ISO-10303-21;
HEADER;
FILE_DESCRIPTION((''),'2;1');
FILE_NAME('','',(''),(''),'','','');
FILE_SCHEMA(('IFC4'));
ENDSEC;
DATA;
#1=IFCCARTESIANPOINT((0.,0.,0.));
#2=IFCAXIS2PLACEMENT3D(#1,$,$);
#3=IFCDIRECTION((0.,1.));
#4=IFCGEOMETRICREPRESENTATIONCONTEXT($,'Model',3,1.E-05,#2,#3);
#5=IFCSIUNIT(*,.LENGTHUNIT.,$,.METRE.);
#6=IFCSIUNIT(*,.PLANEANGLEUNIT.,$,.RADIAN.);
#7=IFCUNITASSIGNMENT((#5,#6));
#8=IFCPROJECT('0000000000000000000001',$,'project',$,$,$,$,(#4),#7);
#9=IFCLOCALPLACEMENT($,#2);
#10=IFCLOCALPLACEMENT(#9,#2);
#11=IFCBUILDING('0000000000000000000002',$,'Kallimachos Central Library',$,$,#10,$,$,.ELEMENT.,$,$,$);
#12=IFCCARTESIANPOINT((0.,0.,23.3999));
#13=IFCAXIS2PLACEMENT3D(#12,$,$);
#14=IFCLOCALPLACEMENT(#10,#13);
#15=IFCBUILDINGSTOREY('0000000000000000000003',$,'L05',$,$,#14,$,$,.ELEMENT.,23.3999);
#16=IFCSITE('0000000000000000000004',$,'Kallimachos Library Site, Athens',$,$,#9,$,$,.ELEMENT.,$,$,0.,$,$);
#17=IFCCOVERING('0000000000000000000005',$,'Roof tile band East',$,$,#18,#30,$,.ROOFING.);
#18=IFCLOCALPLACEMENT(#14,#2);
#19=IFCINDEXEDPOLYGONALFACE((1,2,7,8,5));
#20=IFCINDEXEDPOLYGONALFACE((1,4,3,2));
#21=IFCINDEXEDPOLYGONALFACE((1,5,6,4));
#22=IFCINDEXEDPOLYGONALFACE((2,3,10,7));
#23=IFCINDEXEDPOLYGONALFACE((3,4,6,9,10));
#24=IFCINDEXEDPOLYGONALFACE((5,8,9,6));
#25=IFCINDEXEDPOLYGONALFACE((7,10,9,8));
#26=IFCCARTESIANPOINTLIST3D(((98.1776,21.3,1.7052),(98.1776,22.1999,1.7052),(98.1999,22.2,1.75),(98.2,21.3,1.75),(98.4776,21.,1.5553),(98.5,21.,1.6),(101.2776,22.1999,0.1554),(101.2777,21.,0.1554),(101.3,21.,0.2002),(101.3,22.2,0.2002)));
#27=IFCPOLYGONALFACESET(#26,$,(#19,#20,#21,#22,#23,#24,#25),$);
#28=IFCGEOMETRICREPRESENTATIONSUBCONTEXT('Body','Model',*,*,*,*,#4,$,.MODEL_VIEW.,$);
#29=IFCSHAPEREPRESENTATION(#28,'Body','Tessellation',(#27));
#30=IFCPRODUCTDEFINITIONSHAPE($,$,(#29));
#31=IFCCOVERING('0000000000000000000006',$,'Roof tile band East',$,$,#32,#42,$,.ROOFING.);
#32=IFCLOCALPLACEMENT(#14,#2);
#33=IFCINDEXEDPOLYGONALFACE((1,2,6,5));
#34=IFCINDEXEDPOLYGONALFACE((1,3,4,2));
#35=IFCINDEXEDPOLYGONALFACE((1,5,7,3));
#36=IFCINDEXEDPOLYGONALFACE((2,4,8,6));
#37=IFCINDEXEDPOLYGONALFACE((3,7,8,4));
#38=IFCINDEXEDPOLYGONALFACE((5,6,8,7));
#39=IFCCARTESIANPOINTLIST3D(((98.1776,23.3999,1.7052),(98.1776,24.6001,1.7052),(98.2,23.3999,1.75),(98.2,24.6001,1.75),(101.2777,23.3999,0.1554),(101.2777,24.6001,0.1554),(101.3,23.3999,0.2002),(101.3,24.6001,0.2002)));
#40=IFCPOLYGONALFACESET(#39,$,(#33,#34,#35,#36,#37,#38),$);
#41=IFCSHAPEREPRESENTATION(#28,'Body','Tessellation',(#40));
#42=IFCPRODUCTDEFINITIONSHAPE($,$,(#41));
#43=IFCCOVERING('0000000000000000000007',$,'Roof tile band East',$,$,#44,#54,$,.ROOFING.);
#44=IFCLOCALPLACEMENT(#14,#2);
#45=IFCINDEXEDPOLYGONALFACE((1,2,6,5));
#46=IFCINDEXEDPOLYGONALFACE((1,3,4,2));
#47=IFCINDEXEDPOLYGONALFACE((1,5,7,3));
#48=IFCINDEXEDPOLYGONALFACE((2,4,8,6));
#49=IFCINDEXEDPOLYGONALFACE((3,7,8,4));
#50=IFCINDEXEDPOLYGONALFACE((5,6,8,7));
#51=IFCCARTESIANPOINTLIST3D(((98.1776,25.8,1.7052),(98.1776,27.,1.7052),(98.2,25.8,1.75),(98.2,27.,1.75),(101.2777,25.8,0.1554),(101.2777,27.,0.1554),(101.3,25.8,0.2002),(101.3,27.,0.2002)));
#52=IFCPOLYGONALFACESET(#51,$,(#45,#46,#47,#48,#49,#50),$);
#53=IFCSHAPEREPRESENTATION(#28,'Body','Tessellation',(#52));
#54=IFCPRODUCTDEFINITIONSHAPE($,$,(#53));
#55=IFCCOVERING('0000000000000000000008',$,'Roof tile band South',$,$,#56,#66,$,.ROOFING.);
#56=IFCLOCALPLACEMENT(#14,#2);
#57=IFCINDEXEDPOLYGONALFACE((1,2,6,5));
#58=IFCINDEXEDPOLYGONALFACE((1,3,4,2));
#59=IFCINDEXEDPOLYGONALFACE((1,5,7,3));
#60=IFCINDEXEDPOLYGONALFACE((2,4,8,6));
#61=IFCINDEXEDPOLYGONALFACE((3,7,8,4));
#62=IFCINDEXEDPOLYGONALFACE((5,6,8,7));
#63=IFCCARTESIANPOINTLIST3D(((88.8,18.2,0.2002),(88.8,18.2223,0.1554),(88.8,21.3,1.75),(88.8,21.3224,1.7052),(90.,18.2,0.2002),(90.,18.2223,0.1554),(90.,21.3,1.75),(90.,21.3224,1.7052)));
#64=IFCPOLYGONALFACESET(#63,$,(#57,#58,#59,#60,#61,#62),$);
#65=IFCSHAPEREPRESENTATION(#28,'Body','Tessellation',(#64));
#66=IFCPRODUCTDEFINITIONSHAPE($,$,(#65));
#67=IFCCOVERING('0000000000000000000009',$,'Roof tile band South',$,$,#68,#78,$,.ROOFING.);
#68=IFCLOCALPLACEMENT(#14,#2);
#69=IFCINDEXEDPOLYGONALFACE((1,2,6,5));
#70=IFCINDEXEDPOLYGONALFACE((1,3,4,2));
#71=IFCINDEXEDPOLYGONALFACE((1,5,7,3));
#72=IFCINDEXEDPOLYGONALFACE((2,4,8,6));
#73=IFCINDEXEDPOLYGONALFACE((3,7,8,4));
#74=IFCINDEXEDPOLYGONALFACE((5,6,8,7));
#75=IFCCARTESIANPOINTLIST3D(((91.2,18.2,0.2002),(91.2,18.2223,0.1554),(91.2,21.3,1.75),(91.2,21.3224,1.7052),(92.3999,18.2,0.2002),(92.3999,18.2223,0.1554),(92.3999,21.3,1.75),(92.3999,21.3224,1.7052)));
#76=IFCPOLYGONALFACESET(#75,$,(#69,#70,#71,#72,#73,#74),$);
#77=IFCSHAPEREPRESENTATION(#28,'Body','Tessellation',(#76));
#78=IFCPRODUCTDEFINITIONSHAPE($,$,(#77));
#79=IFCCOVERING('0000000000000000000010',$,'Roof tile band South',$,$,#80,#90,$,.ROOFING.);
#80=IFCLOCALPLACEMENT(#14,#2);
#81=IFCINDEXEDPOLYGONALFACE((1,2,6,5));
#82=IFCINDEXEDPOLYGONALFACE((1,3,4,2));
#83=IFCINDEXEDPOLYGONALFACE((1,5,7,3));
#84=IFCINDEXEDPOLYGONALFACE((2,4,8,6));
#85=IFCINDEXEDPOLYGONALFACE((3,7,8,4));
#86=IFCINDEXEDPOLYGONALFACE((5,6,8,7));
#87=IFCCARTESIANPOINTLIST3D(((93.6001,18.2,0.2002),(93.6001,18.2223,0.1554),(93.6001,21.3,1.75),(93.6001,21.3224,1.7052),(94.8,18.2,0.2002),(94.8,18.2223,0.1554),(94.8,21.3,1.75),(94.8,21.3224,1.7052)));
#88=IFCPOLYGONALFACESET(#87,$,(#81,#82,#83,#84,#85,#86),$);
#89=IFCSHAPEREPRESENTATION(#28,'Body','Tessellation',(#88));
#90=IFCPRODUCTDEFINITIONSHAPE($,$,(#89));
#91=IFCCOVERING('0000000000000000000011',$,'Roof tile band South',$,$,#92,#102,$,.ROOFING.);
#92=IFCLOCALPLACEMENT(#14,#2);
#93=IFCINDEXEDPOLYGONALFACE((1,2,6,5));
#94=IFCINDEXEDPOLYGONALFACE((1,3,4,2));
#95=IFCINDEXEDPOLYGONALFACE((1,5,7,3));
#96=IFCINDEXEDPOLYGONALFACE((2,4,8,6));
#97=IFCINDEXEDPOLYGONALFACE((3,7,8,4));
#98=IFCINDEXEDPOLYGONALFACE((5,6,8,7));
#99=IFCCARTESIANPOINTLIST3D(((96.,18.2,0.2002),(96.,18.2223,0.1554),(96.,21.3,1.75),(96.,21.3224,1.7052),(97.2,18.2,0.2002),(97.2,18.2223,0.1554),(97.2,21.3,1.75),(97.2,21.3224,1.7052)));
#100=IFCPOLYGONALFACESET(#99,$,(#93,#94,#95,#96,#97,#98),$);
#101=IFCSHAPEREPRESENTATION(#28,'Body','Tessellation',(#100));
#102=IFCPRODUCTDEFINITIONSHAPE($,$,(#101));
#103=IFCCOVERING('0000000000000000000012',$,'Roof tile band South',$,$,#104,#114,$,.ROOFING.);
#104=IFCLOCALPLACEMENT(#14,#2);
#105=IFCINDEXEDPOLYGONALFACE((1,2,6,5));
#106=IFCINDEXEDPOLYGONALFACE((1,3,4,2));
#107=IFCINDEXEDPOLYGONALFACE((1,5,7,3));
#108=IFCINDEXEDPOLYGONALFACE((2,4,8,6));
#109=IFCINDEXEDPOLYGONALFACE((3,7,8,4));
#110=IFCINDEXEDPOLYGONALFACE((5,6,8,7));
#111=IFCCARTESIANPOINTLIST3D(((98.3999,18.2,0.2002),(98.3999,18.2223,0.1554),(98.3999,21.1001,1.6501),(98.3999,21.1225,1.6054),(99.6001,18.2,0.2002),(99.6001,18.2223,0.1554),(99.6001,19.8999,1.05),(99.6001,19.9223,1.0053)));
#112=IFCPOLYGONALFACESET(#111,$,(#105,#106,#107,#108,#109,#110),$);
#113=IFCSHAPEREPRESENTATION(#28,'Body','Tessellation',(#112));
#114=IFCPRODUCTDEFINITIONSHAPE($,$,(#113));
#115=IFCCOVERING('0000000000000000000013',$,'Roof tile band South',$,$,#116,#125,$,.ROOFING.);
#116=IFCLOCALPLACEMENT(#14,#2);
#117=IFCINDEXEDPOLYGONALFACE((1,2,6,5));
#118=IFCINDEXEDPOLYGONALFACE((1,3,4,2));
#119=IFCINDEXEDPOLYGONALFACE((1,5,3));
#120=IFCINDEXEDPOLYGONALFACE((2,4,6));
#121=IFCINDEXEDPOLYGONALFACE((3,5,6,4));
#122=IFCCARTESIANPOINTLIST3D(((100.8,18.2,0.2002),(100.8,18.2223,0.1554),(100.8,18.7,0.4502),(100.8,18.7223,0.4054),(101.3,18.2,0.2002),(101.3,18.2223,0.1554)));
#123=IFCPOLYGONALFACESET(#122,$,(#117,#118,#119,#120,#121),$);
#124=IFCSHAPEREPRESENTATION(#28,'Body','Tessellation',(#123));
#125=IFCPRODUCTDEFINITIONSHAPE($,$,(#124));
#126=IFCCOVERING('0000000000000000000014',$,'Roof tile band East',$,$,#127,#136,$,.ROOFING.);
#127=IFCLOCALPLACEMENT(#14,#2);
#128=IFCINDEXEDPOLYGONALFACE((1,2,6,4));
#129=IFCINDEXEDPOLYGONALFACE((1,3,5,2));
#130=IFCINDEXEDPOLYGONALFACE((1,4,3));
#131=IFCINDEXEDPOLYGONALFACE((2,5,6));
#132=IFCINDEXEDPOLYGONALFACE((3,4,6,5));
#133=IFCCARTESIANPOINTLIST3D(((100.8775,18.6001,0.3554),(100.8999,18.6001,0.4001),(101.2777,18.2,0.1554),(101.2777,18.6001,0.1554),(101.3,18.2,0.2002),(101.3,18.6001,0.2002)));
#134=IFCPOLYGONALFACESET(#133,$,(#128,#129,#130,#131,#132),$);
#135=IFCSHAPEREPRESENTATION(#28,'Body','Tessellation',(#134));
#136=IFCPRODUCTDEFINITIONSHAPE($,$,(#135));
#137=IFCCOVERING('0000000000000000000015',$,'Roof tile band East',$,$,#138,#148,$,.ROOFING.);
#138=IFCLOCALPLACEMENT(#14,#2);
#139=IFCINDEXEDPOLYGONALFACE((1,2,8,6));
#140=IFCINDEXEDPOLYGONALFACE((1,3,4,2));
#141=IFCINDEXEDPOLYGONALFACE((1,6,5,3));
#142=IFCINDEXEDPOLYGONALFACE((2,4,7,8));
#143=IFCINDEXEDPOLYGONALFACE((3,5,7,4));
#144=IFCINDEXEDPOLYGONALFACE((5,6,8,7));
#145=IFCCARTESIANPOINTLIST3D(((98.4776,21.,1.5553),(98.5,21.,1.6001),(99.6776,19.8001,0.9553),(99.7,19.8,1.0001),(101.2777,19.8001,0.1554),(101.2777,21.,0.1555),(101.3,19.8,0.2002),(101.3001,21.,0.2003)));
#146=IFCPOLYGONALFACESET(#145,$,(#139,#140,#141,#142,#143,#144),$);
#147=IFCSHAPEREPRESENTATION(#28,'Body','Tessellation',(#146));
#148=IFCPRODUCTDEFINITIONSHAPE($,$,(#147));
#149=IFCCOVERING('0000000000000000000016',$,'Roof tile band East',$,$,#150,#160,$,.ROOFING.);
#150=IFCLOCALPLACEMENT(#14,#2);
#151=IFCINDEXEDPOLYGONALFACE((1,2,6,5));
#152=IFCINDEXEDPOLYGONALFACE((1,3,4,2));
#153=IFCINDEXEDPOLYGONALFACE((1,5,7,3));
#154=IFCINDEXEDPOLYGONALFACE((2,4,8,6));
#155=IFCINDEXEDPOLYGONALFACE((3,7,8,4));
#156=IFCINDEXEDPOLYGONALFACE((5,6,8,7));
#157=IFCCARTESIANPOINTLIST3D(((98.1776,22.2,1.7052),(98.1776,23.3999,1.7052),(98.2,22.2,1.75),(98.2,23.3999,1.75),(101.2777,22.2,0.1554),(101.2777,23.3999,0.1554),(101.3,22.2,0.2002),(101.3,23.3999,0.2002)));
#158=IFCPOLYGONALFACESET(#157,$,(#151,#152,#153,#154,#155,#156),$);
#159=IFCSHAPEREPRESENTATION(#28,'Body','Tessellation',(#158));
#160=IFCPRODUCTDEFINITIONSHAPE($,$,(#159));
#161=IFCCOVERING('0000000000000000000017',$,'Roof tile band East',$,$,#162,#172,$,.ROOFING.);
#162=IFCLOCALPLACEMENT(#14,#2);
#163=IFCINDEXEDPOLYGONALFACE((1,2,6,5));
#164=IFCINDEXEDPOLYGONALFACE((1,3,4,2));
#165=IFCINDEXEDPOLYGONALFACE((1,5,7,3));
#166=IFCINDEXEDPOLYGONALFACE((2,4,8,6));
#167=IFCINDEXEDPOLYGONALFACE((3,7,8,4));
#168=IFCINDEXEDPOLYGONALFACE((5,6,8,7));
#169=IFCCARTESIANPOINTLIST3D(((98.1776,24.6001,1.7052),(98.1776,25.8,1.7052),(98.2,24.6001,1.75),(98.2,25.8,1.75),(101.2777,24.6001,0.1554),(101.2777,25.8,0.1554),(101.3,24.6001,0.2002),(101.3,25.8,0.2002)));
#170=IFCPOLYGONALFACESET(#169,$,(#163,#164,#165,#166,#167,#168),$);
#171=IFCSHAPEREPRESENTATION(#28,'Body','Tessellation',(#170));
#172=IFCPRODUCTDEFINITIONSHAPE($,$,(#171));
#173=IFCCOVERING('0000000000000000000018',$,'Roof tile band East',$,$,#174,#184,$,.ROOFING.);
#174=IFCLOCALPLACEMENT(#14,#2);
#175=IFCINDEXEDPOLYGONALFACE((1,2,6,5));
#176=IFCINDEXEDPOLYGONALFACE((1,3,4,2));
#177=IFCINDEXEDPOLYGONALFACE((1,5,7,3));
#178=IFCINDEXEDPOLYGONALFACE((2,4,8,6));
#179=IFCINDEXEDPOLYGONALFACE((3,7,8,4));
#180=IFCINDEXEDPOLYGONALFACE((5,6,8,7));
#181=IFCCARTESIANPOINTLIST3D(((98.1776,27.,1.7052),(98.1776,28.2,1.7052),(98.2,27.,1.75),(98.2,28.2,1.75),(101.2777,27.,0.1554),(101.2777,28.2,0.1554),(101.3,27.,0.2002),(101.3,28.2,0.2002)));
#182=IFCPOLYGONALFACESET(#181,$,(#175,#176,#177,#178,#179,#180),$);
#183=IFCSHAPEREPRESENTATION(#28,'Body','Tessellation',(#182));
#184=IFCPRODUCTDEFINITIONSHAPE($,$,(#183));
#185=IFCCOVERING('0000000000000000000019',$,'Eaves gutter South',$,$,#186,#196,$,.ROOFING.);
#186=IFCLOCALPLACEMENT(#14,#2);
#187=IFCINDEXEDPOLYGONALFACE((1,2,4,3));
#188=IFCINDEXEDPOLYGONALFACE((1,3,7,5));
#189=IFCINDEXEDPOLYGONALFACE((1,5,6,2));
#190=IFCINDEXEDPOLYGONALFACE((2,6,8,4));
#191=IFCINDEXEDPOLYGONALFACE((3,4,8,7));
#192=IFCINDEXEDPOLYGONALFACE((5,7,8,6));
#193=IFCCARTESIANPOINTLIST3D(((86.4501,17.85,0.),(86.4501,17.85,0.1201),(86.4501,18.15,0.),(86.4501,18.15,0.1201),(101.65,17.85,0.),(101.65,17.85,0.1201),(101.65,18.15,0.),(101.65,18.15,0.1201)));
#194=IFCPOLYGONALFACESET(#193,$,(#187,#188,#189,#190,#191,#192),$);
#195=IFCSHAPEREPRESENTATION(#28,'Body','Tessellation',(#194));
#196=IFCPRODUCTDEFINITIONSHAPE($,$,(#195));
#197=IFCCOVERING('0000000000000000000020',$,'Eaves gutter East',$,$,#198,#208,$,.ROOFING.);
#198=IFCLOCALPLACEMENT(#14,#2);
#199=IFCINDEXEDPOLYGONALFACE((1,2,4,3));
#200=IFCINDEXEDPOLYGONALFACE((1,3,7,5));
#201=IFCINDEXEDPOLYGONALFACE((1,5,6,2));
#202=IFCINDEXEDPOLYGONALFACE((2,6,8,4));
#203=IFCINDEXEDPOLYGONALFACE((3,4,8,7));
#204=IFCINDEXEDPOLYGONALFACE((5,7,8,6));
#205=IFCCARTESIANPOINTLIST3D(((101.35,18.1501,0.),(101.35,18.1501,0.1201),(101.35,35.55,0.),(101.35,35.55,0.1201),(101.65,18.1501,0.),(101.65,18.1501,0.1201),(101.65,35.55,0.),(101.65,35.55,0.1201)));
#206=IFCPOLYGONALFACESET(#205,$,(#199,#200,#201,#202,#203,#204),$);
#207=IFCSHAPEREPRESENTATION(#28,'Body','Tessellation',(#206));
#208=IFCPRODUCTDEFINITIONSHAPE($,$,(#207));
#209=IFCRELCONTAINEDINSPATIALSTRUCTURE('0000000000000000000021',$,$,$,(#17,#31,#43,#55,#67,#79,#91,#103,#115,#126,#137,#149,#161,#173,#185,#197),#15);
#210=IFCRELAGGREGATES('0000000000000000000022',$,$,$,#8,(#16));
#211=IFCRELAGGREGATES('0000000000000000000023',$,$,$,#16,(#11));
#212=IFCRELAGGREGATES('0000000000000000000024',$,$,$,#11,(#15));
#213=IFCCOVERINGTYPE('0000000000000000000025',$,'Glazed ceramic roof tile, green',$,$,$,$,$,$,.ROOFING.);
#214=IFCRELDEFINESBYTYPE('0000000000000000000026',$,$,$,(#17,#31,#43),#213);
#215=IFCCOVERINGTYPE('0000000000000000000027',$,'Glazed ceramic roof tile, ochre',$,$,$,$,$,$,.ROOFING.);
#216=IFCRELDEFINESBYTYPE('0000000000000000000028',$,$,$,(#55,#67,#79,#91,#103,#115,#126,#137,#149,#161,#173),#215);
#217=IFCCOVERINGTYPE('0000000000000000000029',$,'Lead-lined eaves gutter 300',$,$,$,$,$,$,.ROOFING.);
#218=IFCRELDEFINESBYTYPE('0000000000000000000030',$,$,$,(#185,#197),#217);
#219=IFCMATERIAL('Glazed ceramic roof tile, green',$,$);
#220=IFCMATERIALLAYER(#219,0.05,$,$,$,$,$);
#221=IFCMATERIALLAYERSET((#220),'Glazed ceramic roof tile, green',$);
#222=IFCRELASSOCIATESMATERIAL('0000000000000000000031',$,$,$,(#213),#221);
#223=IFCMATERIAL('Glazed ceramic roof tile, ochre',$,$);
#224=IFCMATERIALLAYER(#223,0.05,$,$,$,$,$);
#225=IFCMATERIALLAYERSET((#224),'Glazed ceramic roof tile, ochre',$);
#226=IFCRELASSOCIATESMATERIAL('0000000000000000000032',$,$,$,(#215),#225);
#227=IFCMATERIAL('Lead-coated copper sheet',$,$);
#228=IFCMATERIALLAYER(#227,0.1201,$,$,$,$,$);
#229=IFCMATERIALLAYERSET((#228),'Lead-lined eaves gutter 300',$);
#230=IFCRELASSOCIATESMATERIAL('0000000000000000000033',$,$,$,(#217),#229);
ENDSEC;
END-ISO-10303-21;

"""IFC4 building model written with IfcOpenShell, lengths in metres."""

from ifc_helpers import new_model, si_unit, direction, frame, origin, origin_2d, place, context, subcontext, project, spatial, polyline, rectangle, outline, extrude, material, layer, layer_set, type_object, element, save


model = new_model("IFC4")

# Units and contexts
model_context = context("Model", 3, precision=1e-05, world=origin(), true_north=direction((0.0, 1.0)))
body_context = subcontext(model_context, "Body", "Model", "MODEL_VIEW")
ifc_project = project(units=[si_unit("LENGTHUNIT", "METRE"), si_unit("PLANEANGLEUNIT", "RADIAN")], contexts=[model_context])

# Site, building, storey
site_placement = place(None, origin())
site = spatial("IfcSite", under=ifc_project, at=site_placement, Name="Kallimachos Library Site, Athens", CompositionType="ELEMENT", RefElevation=0.0)
building_placement = place(site_placement, origin())
building = spatial("IfcBuilding", under=site, at=building_placement, Name="Kallimachos Central Library", CompositionType="ELEMENT")
storey_placement = place(building_placement, frame((0.0, 0.0, 23.3999)))
storey = spatial("IfcBuildingStorey", under=building, at=storey_placement, Name="L05", CompositionType="ELEMENT", Elevation=23.3999)

# Coverings
ifc_material_1 = material(Name="Glazed ceramic roof tile, green")
ifc_layer_1 = layer(ifc_material_1, 0.05)
ifc_layer_set_1 = layer_set([ifc_layer_1], Name="Glazed ceramic roof tile, green")
covering_type_1 = type_object("IfcCoveringType", Name="Glazed ceramic roof tile, green", PredefinedType="ROOFING", material=ifc_layer_set_1)
covering_1_placement = place(storey_placement, frame((101.3, 21.0, 0.2002), z_axis=(0.44716, 0.000037, 0.894454), x_axis=(-0.894454, 0.0, 0.44716)))
element("IfcCovering", 1, at=covering_1_placement, inside=storey, type_object=covering_type_1, Name="Roof tile band East", PredefinedType="ROOFING", context=body_context, shape_type="SweptSolid", body=[
    extrude(outline(polyline([(0.0, 0.0), (3.1305, 0.0), (3.4659, -0.3), (3.4659, -1.2), (0.0, -1.2), (0.0, 0.0)])), origin(), (0.0, 0.0, -1.0), 0.05),
])
covering_2_placement = place(storey_placement, frame((101.3, 23.3999, 0.2002), z_axis=(0.447157, 0.0, 0.894455), x_axis=(-0.894455, 0.0, 0.447157)))
element("IfcCovering", 2, at=covering_2_placement, inside=storey, type_object=covering_type_1, Name="Roof tile band East", PredefinedType="ROOFING", context=body_context, shape_type="SweptSolid", body=[
    extrude(outline(polyline([(0.0, 0.0), (3.4659, 0.0), (3.4659, -1.2002), (0.0, -1.2002), (0.0, 0.0)])), origin(), (0.0, 0.0, -1.0), 0.05),
])
covering_3_placement = place(storey_placement, frame((101.3, 25.8, 0.2002), z_axis=(0.447157, 0.0, 0.894455), x_axis=(-0.894455, 0.0, 0.447157)))
element("IfcCovering", 3, at=covering_3_placement, inside=storey, type_object=covering_type_1, Name="Roof tile band East", PredefinedType="ROOFING", context=body_context, shape_type="SweptSolid", body=[
    extrude(outline(polyline([(0.0, 0.0), (3.4659, 0.0), (3.4659, -1.2), (0.0, -1.2), (0.0, 0.0)])), origin(), (0.0, 0.0, -1.0), 0.05),
])
ifc_material_2 = material(Name="Glazed ceramic roof tile, ochre")
ifc_layer_2 = layer(ifc_material_2, 0.05)
ifc_layer_set_2 = layer_set([ifc_layer_2], Name="Glazed ceramic roof tile, ochre")
covering_type_2 = type_object("IfcCoveringType", Name="Glazed ceramic roof tile, ochre", PredefinedType="ROOFING", material=ifc_layer_set_2)
for number, where, z_axis, x_axis, name in (
    (4, (88.8, 18.2, 0.2002), (0.0, -0.447157, 0.894455), (0.0, 0.894455, 0.447157), "Roof tile band South"),
    (5, (91.2, 18.2, 0.2002), (0.0, -0.447157, 0.894455), (0.0, 0.894455, 0.447157), "Roof tile band South"),
    (6, (93.6001, 18.2, 0.2002), (0.0, -0.447157, 0.894455), (0.0, 0.894455, 0.447157), "Roof tile band South"),
    (7, (96.0, 18.2, 0.2002), (0.0, -0.447157, 0.894455), (0.0, 0.894455, 0.447157), "Roof tile band South"),
):
    element("IfcCovering", number, at=place(storey_placement, frame(where, z_axis=z_axis, x_axis=x_axis)), inside=storey, type_object=covering_type_2, Name=name, PredefinedType="ROOFING", context=body_context, shape_type="SweptSolid", body=[
        extrude(outline(polyline([(0.0, 0.0), (3.4659, 0.0), (3.4659, -1.2), (0.0, -1.2), (0.0, 0.0)])), origin(), (0.0, 0.0, -1.0), 0.05),
    ])
covering_4_placement = place(storey_placement, frame((98.3999, 18.2, 0.2002), z_axis=(0.000024, -0.447176, 0.894446), x_axis=(0.0, 0.894446, 0.447176)))
element("IfcCovering", 8, at=covering_4_placement, inside=storey, type_object=covering_type_2, Name="Roof tile band South", PredefinedType="ROOFING", context=body_context, shape_type="SweptSolid", body=[
    extrude(outline(polyline([(0.0, 0.0), (3.2424, 0.0), (1.9005, -1.2002), (0.0, -1.2002), (0.0, 0.0)])), origin(), (0.0, 0.0, -1.0), 0.05),
])
covering_5_placement = place(storey_placement, frame((101.3, 18.2, 0.2002), z_axis=(0.0, -0.447214, 0.894427), x_axis=(-1.0, 0.0, 0.0)))
element("IfcCovering", 9, at=covering_5_placement, inside=storey, type_object=covering_type_2, Name="Roof tile band South", PredefinedType="ROOFING", context=body_context, shape_type="SweptSolid", body=[
    extrude(outline(polyline([(0.0, 0.0), (0.5, 0.0), (0.5, -0.559), (0.0, 0.0)])), origin(), (0.0, 0.0, -1.0), 0.05),
])
covering_6_placement = place(storey_placement, frame((101.3, 18.2, 0.2002), z_axis=(0.446995, 0.0, 0.894536), x_axis=(-0.666712, 0.666712, 0.333153)))
element("IfcCovering", 10, at=covering_6_placement, inside=storey, type_object=covering_type_2, Name="Roof tile band East", PredefinedType="ROOFING", context=body_context, shape_type="SweptSolid", body=[
    extrude(outline(polyline([(0.0, 0.0), (0.6002, 0.0), (0.2668, -0.2982), (0.0, 0.0)])), origin(), (0.0, 0.0, -1.0), 0.05),
])
covering_7_placement = place(storey_placement, frame((101.3, 19.8, 0.2002), z_axis=(0.447154, -0.000083, 0.894457), x_axis=(-0.894457, 0.0, 0.447154)))
element("IfcCovering", 11, at=covering_7_placement, inside=storey, type_object=covering_type_2, Name="Roof tile band East", PredefinedType="ROOFING", context=body_context, shape_type="SweptSolid", body=[
    extrude(outline(polyline([(0.0, 0.0), (1.7889, 0.0), (3.1305, -1.2), (0.0, -1.2), (0.0, 0.0)])), origin(), (0.0, 0.0, -1.0), 0.05),
])
for number, where, z_axis, x_axis, name in (
    (12, (101.3, 22.2, 0.2002), (0.447157, 0.0, 0.894455), (-0.894455, 0.0, 0.447157), "Roof tile band East"),
    (13, (101.3, 24.6001, 0.2002), (0.447157, 0.0, 0.894455), (-0.894455, 0.0, 0.447157), "Roof tile band East"),
    (14, (101.3, 27.0, 0.2002), (0.447157, 0.0, 0.894455), (-0.894455, 0.0, 0.447157), "Roof tile band East"),
):
    element("IfcCovering", number, at=place(storey_placement, frame(where, z_axis=z_axis, x_axis=x_axis)), inside=storey, type_object=covering_type_2, Name=name, PredefinedType="ROOFING", context=body_context, shape_type="SweptSolid", body=[
        extrude(outline(polyline([(0.0, 0.0), (3.4659, 0.0), (3.4659, -1.2), (0.0, -1.2), (0.0, 0.0)])), origin(), (0.0, 0.0, -1.0), 0.05),
    ])
ifc_material_3 = material(Name="Lead-coated copper sheet")
ifc_layer_3 = layer(ifc_material_3, 0.1201)
ifc_layer_set_3 = layer_set([ifc_layer_3], Name="Lead-lined eaves gutter 300")
covering_type_3 = type_object("IfcCoveringType", Name="Lead-lined eaves gutter 300", PredefinedType="ROOFING", material=ifc_layer_set_3)
covering_8_placement = place(storey_placement, frame((94.05, 18.0, 0.0), z_axis=(0.0, 0.0, 1.0), x_axis=(1.0, 0.0, 0.0)))
element("IfcCovering", 15, at=covering_8_placement, inside=storey, type_object=covering_type_3, Name="Eaves gutter South", PredefinedType="ROOFING", context=body_context, shape_type="SweptSolid", body=[
    extrude(rectangle(XDim=15.2, YDim=0.3, at=origin_2d()), origin(), (0.0, 0.0, 1.0), 0.1201),
])
covering_9_placement = place(storey_placement, frame((101.5, 26.8501, 0.0), z_axis=(0.0, 0.0, 1.0), x_axis=(1.0, 0.0, 0.0)))
element("IfcCovering", 16, at=covering_9_placement, inside=storey, type_object=covering_type_3, Name="Eaves gutter East", PredefinedType="ROOFING", context=body_context, shape_type="SweptSolid", body=[
    extrude(rectangle(XDim=0.3, YDim=17.3999, at=origin_2d()), origin(), (0.0, 0.0, 1.0), 0.1201),
])

save(model, "model.ifc")
